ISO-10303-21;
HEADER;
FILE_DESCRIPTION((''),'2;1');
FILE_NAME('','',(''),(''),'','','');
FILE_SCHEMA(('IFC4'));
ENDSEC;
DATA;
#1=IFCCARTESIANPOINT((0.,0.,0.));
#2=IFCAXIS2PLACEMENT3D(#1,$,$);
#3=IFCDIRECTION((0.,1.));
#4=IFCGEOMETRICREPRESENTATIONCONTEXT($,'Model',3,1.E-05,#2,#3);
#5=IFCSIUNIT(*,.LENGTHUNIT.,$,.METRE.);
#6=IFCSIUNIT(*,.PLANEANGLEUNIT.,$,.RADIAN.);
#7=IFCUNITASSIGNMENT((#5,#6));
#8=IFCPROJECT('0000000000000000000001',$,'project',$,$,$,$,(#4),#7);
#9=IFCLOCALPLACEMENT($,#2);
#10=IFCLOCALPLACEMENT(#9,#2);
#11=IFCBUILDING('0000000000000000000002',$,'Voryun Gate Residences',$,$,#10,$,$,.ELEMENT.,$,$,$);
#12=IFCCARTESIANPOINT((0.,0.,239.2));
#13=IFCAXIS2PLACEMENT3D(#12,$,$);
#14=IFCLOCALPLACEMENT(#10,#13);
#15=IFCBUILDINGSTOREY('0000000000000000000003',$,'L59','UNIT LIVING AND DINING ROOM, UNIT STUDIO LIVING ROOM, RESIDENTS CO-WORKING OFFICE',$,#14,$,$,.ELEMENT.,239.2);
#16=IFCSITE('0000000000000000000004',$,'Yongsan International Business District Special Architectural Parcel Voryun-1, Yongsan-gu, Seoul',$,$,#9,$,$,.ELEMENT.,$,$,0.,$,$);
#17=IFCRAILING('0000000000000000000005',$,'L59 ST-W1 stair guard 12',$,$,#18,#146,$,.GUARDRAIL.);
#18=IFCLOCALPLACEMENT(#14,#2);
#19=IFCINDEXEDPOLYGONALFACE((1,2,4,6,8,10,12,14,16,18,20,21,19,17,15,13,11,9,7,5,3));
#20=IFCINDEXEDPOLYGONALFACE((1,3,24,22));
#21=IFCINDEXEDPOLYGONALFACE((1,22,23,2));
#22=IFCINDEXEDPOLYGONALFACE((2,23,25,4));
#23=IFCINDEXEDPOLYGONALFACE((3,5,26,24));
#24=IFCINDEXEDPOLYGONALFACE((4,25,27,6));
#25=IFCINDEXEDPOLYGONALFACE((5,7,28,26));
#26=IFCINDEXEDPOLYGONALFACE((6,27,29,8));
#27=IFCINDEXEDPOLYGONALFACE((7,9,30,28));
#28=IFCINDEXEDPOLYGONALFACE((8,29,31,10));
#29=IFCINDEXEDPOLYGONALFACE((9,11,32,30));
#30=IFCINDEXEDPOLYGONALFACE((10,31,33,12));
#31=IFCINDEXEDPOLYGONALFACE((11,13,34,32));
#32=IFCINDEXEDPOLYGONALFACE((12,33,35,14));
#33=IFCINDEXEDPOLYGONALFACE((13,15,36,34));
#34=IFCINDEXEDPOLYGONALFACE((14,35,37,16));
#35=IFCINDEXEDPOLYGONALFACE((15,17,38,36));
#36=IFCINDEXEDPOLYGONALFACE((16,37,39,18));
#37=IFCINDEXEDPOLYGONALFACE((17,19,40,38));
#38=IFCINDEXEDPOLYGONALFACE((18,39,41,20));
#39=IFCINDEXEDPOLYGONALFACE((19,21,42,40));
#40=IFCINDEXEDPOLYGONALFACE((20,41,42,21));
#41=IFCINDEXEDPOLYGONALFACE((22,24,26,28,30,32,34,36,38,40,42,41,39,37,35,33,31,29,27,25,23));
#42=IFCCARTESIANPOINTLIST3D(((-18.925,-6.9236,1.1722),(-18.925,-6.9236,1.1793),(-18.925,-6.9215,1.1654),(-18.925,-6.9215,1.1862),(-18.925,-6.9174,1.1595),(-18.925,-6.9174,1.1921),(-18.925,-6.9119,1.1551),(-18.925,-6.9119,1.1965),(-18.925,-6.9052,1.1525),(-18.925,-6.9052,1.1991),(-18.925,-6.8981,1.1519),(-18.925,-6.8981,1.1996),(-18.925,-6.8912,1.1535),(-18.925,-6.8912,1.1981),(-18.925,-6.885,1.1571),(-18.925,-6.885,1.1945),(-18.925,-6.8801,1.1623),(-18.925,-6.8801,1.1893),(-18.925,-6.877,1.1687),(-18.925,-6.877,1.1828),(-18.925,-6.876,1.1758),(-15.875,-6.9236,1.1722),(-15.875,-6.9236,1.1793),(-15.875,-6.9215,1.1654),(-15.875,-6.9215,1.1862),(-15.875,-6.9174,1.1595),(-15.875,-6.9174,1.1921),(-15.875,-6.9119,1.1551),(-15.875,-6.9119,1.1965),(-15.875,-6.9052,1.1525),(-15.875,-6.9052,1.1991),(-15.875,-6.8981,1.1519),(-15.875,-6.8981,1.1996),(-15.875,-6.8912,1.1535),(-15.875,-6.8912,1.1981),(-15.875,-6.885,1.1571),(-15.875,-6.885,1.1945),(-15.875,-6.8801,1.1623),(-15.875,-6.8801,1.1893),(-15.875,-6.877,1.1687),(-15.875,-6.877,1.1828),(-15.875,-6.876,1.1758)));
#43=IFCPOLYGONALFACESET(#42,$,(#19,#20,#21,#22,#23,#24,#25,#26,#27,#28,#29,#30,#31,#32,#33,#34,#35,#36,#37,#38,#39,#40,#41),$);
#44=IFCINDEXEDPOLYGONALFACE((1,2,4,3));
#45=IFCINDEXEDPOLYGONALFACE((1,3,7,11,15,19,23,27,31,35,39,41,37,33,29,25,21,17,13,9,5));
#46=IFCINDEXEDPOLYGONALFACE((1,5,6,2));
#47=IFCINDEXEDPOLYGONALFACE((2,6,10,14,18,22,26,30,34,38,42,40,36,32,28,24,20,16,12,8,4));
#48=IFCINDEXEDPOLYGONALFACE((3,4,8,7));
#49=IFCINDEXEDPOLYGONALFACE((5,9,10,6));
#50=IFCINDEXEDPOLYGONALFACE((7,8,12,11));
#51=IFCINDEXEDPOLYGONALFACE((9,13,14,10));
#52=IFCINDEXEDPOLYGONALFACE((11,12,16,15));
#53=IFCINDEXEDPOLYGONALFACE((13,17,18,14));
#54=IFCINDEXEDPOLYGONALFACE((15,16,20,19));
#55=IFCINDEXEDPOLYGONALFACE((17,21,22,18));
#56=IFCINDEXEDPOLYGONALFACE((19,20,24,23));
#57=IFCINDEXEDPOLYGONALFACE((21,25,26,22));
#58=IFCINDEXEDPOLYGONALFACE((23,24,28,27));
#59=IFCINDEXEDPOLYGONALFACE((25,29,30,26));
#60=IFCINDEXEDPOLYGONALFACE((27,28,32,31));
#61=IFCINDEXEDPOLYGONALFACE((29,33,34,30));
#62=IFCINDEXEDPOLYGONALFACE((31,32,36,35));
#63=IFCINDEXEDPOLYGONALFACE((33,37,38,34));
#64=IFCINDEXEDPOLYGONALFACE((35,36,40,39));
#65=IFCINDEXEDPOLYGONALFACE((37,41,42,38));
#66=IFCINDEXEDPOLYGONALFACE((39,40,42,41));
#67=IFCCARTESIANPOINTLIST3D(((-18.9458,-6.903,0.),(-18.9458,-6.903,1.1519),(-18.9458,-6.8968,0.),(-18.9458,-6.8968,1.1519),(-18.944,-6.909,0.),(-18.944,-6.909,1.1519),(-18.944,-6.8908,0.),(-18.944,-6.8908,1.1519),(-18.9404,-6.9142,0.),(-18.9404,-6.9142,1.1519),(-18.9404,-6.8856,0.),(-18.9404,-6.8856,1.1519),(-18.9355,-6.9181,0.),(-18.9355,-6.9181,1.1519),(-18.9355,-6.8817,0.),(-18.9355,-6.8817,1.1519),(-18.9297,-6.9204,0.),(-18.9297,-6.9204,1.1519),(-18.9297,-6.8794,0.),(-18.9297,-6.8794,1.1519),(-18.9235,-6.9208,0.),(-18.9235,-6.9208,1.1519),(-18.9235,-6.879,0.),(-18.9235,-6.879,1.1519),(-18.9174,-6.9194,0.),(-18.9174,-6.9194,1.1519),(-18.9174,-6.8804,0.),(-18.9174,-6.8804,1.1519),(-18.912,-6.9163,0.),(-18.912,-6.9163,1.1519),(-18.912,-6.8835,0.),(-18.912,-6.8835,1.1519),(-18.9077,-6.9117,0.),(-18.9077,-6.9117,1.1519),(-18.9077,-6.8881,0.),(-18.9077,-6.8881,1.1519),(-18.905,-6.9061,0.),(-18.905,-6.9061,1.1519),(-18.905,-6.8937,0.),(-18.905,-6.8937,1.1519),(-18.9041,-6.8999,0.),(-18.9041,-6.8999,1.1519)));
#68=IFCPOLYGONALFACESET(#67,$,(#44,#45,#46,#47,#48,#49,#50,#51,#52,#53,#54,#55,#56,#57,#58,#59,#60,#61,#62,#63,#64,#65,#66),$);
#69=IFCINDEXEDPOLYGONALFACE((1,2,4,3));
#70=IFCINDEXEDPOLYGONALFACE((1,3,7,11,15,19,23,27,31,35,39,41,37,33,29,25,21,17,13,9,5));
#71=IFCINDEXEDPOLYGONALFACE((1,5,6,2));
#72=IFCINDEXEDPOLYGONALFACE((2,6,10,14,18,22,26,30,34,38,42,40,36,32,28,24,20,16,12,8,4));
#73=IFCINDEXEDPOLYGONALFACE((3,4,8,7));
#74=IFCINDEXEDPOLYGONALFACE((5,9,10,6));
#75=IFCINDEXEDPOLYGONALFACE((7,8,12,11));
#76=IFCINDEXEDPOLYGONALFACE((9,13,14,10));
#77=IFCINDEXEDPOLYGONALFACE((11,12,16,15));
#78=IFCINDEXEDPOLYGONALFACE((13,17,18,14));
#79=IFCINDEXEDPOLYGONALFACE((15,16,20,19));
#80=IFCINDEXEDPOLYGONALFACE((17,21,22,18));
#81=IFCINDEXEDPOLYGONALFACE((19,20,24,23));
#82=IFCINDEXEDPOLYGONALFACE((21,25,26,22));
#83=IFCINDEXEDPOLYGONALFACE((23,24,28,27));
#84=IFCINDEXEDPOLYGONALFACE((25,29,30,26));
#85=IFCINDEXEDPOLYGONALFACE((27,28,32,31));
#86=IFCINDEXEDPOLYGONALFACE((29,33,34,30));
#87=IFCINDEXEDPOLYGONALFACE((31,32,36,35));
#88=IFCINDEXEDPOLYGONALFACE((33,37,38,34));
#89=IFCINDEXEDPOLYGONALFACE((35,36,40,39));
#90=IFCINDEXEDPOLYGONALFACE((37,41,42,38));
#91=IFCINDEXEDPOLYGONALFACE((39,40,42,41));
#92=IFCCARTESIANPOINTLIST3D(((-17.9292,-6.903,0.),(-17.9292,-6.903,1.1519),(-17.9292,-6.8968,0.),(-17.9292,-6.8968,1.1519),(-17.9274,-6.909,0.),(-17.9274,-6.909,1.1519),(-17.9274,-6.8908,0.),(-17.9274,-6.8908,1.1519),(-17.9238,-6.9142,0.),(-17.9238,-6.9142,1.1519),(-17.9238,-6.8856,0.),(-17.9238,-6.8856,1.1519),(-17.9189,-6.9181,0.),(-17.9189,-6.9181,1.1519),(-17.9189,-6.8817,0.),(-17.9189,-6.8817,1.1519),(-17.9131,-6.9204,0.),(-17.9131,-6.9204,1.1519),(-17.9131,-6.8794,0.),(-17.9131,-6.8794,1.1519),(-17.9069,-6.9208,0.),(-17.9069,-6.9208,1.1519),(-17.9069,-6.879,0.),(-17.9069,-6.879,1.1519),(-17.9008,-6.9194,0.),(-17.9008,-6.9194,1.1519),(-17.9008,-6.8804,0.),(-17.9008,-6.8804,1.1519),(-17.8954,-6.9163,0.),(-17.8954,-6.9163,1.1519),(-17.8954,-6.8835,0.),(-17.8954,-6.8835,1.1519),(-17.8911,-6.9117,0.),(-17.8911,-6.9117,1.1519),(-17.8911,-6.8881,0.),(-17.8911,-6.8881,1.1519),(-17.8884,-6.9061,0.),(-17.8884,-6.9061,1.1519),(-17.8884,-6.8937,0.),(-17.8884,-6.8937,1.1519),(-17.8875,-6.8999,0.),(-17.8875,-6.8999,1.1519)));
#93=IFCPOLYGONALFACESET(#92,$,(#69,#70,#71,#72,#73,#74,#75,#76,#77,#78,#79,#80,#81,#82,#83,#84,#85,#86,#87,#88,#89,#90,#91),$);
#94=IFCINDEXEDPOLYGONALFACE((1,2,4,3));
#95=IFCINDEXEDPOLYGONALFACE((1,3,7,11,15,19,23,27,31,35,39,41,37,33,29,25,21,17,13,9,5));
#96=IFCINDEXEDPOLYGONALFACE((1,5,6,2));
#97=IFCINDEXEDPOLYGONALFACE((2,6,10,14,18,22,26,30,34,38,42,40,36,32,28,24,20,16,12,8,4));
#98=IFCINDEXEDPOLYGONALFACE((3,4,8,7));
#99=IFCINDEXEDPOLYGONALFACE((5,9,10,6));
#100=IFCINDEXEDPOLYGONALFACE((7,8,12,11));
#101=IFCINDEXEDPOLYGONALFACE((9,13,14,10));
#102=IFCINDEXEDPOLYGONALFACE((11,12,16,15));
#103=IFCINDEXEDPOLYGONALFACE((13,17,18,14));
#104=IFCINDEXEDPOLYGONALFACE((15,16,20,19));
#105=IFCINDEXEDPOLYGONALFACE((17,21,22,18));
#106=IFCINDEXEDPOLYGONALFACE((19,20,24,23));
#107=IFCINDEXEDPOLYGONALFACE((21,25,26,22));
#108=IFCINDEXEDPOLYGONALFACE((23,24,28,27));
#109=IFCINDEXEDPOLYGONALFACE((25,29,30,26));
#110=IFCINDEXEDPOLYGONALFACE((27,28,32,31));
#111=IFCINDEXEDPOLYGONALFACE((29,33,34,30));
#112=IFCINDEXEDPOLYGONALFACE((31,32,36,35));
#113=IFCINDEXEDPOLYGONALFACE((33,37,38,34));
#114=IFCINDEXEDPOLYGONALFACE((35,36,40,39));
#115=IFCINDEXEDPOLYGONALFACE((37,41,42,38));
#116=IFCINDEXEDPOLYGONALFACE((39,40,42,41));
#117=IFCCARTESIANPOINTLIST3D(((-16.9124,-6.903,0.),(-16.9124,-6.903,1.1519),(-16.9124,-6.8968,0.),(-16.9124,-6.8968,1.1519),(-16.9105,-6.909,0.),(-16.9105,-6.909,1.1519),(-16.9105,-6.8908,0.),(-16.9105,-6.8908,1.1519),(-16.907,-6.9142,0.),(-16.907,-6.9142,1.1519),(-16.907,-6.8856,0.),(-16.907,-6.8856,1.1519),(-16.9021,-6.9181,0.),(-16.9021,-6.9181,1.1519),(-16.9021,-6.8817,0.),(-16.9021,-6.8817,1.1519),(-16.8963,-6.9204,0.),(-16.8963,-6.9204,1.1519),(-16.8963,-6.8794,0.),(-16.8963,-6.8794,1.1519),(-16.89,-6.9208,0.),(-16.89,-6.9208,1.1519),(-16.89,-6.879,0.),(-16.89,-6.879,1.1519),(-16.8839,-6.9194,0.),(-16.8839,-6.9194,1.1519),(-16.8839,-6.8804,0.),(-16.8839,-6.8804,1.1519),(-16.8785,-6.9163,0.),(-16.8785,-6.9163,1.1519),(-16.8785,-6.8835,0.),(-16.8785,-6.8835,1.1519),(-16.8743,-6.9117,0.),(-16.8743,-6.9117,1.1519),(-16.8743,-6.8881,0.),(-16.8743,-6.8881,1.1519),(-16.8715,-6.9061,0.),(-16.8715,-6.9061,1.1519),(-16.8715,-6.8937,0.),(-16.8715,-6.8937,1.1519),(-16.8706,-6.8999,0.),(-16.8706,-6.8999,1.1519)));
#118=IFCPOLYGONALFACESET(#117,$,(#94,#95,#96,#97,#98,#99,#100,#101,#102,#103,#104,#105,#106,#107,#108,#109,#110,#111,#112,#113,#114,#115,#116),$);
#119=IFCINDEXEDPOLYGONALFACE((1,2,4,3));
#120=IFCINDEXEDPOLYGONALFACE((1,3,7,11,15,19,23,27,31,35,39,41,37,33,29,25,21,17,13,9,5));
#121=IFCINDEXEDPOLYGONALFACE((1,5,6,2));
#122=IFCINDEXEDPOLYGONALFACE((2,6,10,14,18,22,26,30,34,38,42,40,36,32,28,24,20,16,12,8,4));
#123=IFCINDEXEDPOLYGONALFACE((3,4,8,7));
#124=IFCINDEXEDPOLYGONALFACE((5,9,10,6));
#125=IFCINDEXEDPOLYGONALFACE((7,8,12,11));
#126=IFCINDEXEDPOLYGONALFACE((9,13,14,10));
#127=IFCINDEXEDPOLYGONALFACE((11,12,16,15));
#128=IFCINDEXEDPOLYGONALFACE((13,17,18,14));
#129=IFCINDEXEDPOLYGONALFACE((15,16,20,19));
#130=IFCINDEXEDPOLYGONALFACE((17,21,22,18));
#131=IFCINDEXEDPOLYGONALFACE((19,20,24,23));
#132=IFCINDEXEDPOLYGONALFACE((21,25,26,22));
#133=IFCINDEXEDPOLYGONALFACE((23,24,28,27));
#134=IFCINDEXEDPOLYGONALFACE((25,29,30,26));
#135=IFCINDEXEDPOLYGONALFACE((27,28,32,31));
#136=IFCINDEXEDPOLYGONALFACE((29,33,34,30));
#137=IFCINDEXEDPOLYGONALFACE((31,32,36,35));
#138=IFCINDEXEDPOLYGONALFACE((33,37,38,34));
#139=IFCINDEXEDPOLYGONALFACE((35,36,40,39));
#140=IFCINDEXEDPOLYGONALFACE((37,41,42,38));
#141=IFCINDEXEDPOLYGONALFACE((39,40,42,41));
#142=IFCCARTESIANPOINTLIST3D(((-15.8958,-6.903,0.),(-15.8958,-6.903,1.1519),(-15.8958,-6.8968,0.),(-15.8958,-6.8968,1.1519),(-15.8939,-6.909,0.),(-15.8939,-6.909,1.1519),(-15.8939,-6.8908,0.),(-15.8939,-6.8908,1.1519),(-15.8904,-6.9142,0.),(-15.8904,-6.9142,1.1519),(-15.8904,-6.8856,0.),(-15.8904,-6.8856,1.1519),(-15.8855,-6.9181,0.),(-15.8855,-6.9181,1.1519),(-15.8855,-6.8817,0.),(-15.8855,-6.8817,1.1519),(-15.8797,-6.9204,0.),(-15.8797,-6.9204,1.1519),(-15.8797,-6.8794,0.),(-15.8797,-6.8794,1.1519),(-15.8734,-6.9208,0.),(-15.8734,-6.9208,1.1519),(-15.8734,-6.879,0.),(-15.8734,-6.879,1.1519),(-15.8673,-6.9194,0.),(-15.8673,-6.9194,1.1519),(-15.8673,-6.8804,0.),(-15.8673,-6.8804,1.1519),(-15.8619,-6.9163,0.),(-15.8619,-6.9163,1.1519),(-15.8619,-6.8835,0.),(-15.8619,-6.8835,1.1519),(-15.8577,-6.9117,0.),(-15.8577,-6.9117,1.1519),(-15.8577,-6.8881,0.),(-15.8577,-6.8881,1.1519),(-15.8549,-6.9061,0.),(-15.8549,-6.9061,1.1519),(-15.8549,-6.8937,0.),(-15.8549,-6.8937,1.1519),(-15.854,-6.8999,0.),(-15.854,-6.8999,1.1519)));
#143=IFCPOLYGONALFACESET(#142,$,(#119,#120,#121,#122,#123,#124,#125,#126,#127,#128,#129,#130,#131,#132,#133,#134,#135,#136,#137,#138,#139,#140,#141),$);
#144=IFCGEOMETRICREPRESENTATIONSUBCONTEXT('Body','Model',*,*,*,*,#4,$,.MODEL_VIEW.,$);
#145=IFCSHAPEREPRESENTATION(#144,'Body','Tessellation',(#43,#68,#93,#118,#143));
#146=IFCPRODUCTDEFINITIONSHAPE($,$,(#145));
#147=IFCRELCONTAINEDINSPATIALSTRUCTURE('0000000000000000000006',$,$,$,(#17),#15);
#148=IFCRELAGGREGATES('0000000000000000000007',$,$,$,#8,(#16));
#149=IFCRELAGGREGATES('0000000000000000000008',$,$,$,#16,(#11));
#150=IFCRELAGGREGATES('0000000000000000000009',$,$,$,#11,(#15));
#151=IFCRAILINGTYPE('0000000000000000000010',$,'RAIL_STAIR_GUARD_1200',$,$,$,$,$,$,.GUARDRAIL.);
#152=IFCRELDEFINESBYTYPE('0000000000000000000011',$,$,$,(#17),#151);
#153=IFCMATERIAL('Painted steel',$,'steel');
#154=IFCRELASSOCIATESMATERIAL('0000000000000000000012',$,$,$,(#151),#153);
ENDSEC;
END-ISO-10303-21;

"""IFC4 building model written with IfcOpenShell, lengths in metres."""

from ifc_helpers import new_model, si_unit, direction, frame, origin, origin_2d, place, context, subcontext, project, spatial, circle, extrude, material, type_object, element, save


model = new_model("IFC4")

# Units and contexts
model_context = context("Model", 3, precision=1e-05, world=origin(), true_north=direction((0.0, 1.0)))
body_context = subcontext(model_context, "Body", "Model", "MODEL_VIEW")
ifc_project = project(units=[si_unit("LENGTHUNIT", "METRE"), si_unit("PLANEANGLEUNIT", "RADIAN")], contexts=[model_context])

# Site, building, storey
site_placement = place(None, origin())
site = spatial("IfcSite", under=ifc_project, at=site_placement, Name="Yongsan International Business District Special Architectural Parcel Voryun-1, Yongsan-gu, Seoul", CompositionType="ELEMENT", RefElevation=0.0)
building_placement = place(site_placement, origin())
building = spatial("IfcBuilding", under=site, at=building_placement, Name="Voryun Gate Residences", CompositionType="ELEMENT")
storey_placement = place(building_placement, frame((0.0, 0.0, 239.2)))
storey = spatial("IfcBuildingStorey", under=building, at=storey_placement, Name="L59", Description="UNIT LIVING AND DINING ROOM, UNIT STUDIO LIVING ROOM, RESIDENTS CO-WORKING OFFICE", CompositionType="ELEMENT", Elevation=239.2)

# Railing
ifc_material_1 = material(Name="Painted steel", Category="steel")
railing_type_1 = type_object("IfcRailingType", Name="RAIL_STAIR_GUARD_1200", PredefinedType="GUARDRAIL", material=ifc_material_1)
railing_1_placement = place(storey_placement, frame((-18.925, -6.8999, 0.0)))
element("IfcRailing", 1, at=railing_1_placement, inside=storey, type_object=railing_type_1, Name="L59 ST-W1 stair guard 12", PredefinedType="GUARDRAIL", context=body_context, shape_type="SweptSolid", body=[
    extrude(circle(Radius=0.0239, at=origin_2d()), frame((0.0, 0.0, 1.1758), z_axis=(1.0, 0.0, 0.0), x_axis=(0.0, 1.0, 0.0)), (0.0, 0.0, 1.0), 3.05),
    extrude(circle(Radius=0.021, at=origin_2d()), origin(), (0.0, 0.0, 1.0), 1.1519),
    extrude(circle(Radius=0.021, at=origin_2d()), frame((1.0166, 0.0, 0.0)), (0.0, 0.0, 1.0), 1.1519),
    extrude(circle(Radius=0.021, at=origin_2d()), frame((2.0334, 0.0, 0.0)), (0.0, 0.0, 1.0), 1.1519),
    extrude(circle(Radius=0.021, at=origin_2d()), frame((3.05, 0.0, 0.0)), (0.0, 0.0, 1.0), 1.1519),
])

save(model, "model.ifc")
